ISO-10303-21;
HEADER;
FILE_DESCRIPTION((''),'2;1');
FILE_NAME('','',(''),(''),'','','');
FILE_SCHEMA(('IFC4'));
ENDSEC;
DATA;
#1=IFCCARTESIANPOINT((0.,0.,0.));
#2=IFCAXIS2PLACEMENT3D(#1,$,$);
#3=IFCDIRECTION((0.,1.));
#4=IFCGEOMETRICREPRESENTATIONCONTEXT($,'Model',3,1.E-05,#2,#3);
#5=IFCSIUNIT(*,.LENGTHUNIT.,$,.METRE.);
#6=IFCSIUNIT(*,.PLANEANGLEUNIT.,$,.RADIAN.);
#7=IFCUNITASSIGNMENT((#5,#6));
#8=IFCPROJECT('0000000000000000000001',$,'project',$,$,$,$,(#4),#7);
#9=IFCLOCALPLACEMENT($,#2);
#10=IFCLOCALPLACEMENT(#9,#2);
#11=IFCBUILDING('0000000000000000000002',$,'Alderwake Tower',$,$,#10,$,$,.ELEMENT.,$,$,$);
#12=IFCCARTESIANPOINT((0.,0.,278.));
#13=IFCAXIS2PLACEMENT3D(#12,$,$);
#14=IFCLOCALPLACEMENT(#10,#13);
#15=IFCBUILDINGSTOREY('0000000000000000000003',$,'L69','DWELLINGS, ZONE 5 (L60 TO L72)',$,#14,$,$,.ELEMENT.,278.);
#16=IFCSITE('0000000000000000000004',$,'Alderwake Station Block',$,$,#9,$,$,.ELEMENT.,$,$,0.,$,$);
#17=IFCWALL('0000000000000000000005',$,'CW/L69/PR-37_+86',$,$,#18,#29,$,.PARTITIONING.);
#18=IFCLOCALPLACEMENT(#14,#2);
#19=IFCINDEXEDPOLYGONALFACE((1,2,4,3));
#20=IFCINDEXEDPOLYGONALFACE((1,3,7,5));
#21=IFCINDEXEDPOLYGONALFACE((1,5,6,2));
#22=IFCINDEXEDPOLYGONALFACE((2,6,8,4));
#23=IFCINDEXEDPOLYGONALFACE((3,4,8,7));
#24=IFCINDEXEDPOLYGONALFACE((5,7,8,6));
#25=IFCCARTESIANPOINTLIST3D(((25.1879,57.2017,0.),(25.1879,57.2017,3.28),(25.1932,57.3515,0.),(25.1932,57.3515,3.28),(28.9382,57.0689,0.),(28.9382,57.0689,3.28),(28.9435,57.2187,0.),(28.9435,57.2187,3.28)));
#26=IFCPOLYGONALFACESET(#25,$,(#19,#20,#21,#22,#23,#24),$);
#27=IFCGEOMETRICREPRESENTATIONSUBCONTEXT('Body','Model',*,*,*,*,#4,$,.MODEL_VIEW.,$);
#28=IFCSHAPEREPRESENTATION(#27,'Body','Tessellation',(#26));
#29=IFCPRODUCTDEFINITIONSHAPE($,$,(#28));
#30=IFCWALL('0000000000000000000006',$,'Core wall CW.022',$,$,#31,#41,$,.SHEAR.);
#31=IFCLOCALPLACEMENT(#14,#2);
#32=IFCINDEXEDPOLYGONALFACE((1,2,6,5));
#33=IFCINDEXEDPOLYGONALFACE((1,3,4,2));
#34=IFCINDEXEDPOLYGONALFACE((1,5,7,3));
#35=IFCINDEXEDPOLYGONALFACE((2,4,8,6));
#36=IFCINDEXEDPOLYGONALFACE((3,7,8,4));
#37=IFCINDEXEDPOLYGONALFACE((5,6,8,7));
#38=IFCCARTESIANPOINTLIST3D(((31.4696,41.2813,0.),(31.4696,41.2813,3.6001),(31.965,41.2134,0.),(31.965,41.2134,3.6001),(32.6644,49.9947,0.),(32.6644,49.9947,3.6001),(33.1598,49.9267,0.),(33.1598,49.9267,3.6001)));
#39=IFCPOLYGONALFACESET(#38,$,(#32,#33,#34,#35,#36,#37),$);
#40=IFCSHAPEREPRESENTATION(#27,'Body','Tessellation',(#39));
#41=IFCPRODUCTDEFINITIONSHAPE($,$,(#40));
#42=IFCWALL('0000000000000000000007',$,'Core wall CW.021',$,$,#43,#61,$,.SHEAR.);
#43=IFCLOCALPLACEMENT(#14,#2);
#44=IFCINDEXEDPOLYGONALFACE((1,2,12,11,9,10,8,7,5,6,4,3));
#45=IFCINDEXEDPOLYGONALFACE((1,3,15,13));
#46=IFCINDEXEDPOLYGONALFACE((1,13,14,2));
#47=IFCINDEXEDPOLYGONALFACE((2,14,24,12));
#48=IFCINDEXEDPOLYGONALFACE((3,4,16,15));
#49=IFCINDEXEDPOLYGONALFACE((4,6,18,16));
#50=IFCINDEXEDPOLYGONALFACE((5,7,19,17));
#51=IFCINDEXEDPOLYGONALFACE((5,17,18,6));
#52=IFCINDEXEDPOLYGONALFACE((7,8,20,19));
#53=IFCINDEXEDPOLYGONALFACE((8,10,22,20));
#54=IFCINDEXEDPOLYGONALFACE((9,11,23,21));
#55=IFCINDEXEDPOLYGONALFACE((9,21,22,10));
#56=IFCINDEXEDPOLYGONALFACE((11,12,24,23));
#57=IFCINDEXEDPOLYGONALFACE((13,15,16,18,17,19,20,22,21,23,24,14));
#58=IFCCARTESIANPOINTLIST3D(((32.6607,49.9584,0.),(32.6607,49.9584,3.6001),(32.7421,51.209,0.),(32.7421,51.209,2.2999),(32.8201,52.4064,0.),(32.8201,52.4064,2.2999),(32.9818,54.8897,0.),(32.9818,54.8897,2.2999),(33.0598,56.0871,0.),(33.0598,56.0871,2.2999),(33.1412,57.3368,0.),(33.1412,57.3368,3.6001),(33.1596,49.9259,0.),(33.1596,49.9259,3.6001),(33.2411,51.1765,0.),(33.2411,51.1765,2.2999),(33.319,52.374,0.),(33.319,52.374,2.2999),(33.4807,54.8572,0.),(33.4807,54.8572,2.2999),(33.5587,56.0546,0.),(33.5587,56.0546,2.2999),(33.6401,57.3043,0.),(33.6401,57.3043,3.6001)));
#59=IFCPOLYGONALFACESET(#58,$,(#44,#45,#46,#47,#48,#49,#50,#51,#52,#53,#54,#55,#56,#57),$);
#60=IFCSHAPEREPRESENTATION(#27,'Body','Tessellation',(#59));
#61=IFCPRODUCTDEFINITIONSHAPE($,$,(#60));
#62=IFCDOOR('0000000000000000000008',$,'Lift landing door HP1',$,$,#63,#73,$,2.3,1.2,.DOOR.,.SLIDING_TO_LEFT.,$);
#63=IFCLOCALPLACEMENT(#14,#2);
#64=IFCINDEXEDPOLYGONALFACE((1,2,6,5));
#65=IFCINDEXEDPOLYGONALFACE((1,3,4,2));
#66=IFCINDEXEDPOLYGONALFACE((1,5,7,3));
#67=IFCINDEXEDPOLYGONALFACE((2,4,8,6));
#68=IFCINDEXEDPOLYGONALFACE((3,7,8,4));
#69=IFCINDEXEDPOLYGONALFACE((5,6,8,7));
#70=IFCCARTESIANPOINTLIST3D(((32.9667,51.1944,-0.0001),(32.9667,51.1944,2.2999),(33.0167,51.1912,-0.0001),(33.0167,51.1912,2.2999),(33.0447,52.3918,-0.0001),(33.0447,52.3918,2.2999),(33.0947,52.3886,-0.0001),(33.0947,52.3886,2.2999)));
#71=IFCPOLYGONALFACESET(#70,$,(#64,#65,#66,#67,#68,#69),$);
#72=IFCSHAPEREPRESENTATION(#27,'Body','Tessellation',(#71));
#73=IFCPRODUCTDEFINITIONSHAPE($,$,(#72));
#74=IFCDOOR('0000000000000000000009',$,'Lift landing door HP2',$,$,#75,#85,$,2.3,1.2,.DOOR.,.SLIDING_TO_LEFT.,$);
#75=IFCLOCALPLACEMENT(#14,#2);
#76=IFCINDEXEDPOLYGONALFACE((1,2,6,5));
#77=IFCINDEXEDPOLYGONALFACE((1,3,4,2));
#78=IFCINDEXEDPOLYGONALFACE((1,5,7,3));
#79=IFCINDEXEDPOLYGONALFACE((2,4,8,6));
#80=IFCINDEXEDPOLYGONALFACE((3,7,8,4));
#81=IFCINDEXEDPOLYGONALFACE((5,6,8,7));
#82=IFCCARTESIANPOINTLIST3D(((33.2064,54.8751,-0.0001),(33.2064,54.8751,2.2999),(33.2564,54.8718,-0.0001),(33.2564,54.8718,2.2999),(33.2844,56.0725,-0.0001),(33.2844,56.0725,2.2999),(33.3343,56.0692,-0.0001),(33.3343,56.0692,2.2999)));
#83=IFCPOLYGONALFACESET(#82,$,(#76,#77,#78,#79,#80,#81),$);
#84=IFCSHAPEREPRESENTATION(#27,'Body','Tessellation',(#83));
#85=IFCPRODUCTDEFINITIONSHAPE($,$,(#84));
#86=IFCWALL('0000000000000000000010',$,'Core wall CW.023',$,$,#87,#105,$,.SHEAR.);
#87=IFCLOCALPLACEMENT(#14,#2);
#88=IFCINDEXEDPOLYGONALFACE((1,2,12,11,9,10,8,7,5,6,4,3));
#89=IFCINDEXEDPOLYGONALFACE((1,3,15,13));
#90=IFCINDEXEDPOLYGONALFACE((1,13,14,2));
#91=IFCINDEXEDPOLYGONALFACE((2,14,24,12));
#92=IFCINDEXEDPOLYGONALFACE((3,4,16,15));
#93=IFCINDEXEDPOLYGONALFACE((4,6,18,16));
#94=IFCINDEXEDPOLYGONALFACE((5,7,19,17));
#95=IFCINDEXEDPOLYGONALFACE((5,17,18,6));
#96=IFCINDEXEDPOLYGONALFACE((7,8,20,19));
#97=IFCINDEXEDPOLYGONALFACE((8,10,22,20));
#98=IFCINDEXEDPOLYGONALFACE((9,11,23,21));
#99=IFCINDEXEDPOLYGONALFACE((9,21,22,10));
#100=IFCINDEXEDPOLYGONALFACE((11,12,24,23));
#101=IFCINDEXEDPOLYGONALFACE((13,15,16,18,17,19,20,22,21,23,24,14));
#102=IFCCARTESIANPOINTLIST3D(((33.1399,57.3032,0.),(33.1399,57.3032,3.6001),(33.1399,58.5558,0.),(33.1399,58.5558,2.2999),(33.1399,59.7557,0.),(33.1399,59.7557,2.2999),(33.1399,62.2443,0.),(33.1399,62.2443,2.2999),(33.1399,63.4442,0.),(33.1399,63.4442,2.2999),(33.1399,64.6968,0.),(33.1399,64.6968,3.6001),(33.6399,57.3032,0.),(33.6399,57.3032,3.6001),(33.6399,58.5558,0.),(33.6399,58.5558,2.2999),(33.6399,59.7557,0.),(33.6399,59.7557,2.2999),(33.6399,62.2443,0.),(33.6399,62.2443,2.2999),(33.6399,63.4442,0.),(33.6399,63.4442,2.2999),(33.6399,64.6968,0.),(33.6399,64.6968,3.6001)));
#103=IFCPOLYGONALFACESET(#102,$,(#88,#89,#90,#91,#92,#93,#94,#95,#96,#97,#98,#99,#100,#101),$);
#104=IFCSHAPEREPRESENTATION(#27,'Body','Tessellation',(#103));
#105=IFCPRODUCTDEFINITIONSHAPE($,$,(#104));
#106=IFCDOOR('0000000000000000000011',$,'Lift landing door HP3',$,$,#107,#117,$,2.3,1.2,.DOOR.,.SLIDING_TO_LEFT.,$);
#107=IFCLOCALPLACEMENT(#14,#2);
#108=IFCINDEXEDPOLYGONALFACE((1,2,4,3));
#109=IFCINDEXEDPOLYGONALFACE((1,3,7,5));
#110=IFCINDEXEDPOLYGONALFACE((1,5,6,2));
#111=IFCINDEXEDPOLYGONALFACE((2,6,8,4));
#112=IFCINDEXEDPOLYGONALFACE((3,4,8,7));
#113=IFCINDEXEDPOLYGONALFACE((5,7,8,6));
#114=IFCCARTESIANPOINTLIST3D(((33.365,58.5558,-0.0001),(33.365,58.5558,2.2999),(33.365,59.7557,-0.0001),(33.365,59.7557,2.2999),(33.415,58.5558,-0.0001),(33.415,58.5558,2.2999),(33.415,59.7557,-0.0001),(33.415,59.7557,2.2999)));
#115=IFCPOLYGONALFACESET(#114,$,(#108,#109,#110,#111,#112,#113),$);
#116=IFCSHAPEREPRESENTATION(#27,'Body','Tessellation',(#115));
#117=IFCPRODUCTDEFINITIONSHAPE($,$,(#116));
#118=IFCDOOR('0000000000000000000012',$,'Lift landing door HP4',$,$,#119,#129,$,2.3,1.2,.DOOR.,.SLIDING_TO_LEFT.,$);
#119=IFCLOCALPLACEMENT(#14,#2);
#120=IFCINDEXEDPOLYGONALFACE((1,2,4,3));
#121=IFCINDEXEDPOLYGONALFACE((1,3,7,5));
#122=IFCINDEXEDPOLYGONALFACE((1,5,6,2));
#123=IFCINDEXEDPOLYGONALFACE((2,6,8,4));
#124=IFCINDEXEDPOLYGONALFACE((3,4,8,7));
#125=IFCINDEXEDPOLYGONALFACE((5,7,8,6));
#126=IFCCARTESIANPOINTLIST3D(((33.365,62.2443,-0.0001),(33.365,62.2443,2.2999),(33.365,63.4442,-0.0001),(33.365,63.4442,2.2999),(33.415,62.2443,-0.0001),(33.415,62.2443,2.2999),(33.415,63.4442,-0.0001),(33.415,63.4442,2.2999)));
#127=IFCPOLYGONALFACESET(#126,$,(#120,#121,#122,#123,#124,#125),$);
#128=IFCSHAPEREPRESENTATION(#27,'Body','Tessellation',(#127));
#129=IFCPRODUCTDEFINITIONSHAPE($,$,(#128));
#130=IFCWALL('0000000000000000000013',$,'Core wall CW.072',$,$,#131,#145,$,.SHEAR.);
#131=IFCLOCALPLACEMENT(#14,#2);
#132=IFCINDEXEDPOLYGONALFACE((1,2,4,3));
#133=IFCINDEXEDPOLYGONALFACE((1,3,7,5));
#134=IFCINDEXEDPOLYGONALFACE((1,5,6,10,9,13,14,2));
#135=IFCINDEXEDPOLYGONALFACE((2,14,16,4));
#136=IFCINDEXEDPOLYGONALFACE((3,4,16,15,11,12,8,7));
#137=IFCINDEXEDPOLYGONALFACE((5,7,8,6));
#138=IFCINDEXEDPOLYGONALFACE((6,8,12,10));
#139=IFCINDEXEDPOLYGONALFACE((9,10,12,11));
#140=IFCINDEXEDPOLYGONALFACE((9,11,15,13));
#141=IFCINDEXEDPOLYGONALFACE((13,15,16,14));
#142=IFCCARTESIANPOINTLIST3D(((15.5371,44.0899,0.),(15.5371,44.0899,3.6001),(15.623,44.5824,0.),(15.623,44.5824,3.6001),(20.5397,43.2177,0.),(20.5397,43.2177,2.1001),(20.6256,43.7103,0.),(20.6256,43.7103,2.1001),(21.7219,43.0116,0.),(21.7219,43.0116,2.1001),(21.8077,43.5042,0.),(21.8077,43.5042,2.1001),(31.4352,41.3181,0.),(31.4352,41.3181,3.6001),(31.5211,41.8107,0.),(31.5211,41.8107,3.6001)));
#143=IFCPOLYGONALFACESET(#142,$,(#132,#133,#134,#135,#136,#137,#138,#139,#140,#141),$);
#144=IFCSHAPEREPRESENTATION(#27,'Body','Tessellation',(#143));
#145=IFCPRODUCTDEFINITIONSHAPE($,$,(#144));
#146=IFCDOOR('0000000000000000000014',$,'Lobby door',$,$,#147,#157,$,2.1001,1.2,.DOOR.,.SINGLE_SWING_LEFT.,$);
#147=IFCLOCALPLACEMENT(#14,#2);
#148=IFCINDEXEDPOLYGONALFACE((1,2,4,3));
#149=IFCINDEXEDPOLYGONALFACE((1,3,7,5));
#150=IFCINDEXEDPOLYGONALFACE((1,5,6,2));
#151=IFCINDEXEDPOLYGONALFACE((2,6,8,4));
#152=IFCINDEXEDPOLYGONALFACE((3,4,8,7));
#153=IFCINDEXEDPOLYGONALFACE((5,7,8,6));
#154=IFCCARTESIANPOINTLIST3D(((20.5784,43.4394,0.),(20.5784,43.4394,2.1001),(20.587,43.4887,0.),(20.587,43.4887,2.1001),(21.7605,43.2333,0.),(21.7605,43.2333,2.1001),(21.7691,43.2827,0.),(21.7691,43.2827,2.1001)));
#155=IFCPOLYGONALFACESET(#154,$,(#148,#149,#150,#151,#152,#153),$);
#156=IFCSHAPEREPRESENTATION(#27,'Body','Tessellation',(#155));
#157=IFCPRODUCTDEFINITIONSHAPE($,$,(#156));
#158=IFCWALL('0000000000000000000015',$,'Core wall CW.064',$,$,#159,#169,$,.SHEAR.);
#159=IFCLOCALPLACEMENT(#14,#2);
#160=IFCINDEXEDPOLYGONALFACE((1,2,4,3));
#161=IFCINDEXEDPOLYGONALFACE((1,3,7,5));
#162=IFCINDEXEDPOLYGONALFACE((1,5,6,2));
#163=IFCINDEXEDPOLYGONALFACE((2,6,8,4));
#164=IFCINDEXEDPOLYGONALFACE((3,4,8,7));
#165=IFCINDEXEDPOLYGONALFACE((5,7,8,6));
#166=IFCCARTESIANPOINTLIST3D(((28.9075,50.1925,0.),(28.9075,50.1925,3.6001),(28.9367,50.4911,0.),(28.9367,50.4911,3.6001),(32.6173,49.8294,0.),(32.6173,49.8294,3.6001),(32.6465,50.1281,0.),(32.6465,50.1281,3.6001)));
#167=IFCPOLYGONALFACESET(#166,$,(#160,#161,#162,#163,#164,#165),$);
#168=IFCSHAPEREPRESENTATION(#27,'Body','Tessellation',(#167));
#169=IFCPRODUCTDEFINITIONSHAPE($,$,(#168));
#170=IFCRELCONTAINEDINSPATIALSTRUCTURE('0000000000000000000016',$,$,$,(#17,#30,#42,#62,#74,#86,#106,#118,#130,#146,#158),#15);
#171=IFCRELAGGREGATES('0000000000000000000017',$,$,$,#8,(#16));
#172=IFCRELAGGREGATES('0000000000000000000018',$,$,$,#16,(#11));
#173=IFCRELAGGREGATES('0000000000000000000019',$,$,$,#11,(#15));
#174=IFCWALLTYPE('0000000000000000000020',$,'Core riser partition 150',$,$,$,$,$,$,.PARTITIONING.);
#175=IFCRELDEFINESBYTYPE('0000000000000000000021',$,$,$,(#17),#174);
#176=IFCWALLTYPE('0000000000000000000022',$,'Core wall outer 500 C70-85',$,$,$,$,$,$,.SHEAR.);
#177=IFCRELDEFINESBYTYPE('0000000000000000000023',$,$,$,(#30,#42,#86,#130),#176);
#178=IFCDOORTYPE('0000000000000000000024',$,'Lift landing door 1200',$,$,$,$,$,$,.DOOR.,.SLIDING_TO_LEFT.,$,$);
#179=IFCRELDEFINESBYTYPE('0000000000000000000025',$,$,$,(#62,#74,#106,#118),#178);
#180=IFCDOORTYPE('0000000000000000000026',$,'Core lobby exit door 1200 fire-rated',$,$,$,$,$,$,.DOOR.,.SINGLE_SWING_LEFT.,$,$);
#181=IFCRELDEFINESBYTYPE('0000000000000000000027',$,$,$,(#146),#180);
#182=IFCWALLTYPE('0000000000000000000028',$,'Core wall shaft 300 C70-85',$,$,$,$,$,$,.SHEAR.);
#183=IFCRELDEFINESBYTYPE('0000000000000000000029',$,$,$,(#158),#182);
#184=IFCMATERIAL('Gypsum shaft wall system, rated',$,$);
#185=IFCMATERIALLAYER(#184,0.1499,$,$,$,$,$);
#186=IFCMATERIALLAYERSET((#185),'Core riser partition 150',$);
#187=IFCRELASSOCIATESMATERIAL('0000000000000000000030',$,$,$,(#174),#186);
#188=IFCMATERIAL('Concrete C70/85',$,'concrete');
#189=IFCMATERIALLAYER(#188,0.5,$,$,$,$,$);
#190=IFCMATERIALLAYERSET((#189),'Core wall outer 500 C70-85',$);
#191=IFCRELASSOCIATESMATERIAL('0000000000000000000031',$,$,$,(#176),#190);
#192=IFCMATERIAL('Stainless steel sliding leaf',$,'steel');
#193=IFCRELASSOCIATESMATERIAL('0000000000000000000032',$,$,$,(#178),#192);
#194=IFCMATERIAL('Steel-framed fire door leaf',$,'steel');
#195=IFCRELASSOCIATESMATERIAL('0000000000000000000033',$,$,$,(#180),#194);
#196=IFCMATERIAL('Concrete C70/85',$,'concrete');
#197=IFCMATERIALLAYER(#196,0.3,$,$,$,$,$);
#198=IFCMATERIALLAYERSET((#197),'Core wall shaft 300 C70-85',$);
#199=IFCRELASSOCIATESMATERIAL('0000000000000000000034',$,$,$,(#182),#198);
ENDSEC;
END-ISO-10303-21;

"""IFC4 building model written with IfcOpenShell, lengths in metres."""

from ifc_helpers import new_model, si_unit, direction, frame, frame_2d, origin, place, context, subcontext, project, spatial, rectangle, extrude, material, layer, layer_set, type_object, element, fill, save


model = new_model("IFC4")

# Units and contexts
model_context = context("Model", 3, precision=1e-05, world=origin(), true_north=direction((0.0, 1.0)))
body_context = subcontext(model_context, "Body", "Model", "MODEL_VIEW")
ifc_project = project(units=[si_unit("LENGTHUNIT", "METRE"), si_unit("PLANEANGLEUNIT", "RADIAN")], contexts=[model_context])

# Site, building, storey
site_placement = place(None, origin())
site = spatial("IfcSite", under=ifc_project, at=site_placement, Name="Alderwake Station Block", CompositionType="ELEMENT", RefElevation=0.0)
building_placement = place(site_placement, origin())
building = spatial("IfcBuilding", under=site, at=building_placement, Name="Alderwake Tower", CompositionType="ELEMENT")
storey_placement = place(building_placement, frame((0.0, 0.0, 278.0)))
storey = spatial("IfcBuildingStorey", under=building, at=storey_placement, Name="L69", Description="DWELLINGS, ZONE 5 (L60 TO L72)", CompositionType="ELEMENT", Elevation=278.0)

# Walls
ifc_material_1 = material(Name="Gypsum shaft wall system, rated")
ifc_layer_1 = layer(ifc_material_1, 0.1499)
ifc_layer_set_1 = layer_set([ifc_layer_1], Name="Core riser partition 150")
wall_type_1 = type_object("IfcWallType", Name="Core riser partition 150", PredefinedType="PARTITIONING", material=ifc_layer_set_1)
wall_1_placement = place(storey_placement, frame((25.1904, 57.2766, 0.0), z_axis=(0.0, 0.0, 1.0), x_axis=(0.999374, -0.035392, 0.0)))
element("IfcWall", 1, at=wall_1_placement, inside=storey, type_object=wall_type_1, Name="CW/L69/PR-37_+86", PredefinedType="PARTITIONING", context=body_context, shape_type="SweptSolid", body=[
    extrude(rectangle(XDim=3.7527, YDim=0.1499, at=frame_2d((1.8765, 0.0))), origin(), (0.0, 0.0, 1.0), 3.28),
])
ifc_material_2 = material(Name="Concrete C70/85", Category="concrete")
ifc_layer_2 = layer(ifc_material_2, 0.5)
ifc_layer_set_2 = layer_set([ifc_layer_2], Name="Core wall outer 500 C70-85")
wall_type_2 = type_object("IfcWallType", Name="Core wall outer 500 C70-85", PredefinedType="SHEAR", material=ifc_layer_set_2)
wall_2_placement = place(storey_placement, frame((31.7173, 41.2473, 0.0), z_axis=(0.0, 0.0, 1.0), x_axis=(0.135854, 0.990729, 0.0)))
element("IfcWall", 2, at=wall_2_placement, inside=storey, type_object=wall_type_2, Name="Core wall CW.022", PredefinedType="SHEAR", context=body_context, shape_type="SweptSolid", body=[
    extrude(rectangle(XDim=8.7949, YDim=0.5, at=frame_2d((4.3975, 0.0))), origin(), (0.0, 0.0, 1.0), 3.6001),
])

# Walls, openings, doors
wall_3_placement = place(storey_placement, frame((32.9102, 49.9421, 0.0), z_axis=(0.0, 0.0, 1.0), x_axis=(0.064981, 0.997887, 0.0)))
wall_3 = element("IfcWall", 3, at=wall_3_placement, inside=storey, type_object=wall_type_2, Name="Core wall CW.021", PredefinedType="SHEAR", context=body_context, shape_type="SweptSolid", body=[
    extrude(rectangle(XDim=7.394, YDim=0.5, at=frame_2d((3.697, 0.0))), origin(), (0.0, 0.0, 1.0), 3.6001),
])
opening_1_placement = place(wall_3_placement, frame((1.2532, 0.0, 0.0)))
opening_1 = element("IfcOpeningElement", 4, at=opening_1_placement, cuts=wall_3, PredefinedType="OPENING", context=body_context, shape_type="SweptSolid", body=[
    extrude(rectangle(XDim=1.2, YDim=2.3, at=frame_2d((0.6001, 1.1499))), frame((0.0, 0.26, 0.0), z_axis=(0.0, -1.0, 0.0), x_axis=(1.0, 0.0, 0.0)), (0.0, 0.0, 1.0), 0.52),
])
opening_2_placement = place(wall_3_placement, frame((4.9417, 0.0, 0.0)))
opening_2 = element("IfcOpeningElement", 5, at=opening_2_placement, cuts=wall_3, PredefinedType="OPENING", context=body_context, shape_type="SweptSolid", body=[
    extrude(rectangle(XDim=1.2, YDim=2.3, at=frame_2d((0.6001, 1.1499))), frame((0.0, 0.26, 0.0), z_axis=(0.0, -1.0, 0.0), x_axis=(1.0, 0.0, 0.0)), (0.0, 0.0, 1.0), 0.52),
])
ifc_material_3 = material(Name="Stainless steel sliding leaf", Category="steel")
door_type_1 = type_object("IfcDoorType", Name="Lift landing door 1200", OperationType="SLIDING_TO_LEFT", PredefinedType="DOOR", material=ifc_material_3)
door_1_placement = place(opening_1_placement, origin())
door_1 = element("IfcDoor", 6, at=door_1_placement, inside=storey, type_object=door_type_1, Name="Lift landing door HP1", OperationType="SLIDING_TO_LEFT", OverallHeight=2.3, OverallWidth=1.2, PredefinedType="DOOR", context=body_context, shape_type="SweptSolid", body=[
    extrude(rectangle(XDim=1.2, YDim=2.3, at=frame_2d((0.6001, 1.1499))), frame((0.0, 0.0249, 0.0), z_axis=(0.0, -1.0, 0.0), x_axis=(1.0, 0.0, 0.0)), (0.0, 0.0, 1.0), 0.05),
])
fill(opening_1, door_1)
door_2_placement = place(opening_2_placement, origin())
door_2 = element("IfcDoor", 7, at=door_2_placement, inside=storey, type_object=door_type_1, Name="Lift landing door HP2", OperationType="SLIDING_TO_LEFT", OverallHeight=2.3, OverallWidth=1.2, PredefinedType="DOOR", context=body_context, shape_type="SweptSolid", body=[
    extrude(rectangle(XDim=1.2, YDim=2.3, at=frame_2d((0.6001, 1.1499))), frame((0.0, 0.0249, 0.0), z_axis=(0.0, -1.0, 0.0), x_axis=(1.0, 0.0, 0.0)), (0.0, 0.0, 1.0), 0.05),
])
fill(opening_2, door_2)
wall_4_placement = place(storey_placement, frame((33.3899, 57.3032, 0.0), z_axis=(0.0, 0.0, 1.0), x_axis=(0.0, 1.0, 0.0)))
wall_4 = element("IfcWall", 8, at=wall_4_placement, inside=storey, type_object=wall_type_2, Name="Core wall CW.023", PredefinedType="SHEAR", context=body_context, shape_type="SweptSolid", body=[
    extrude(rectangle(XDim=7.3936, YDim=0.5, at=frame_2d((3.6968, 0.0))), origin(), (0.0, 0.0, 1.0), 3.6001),
])
opening_3_placement = place(wall_4_placement, frame((1.2524, 0.0, 0.0)))
opening_3 = element("IfcOpeningElement", 9, at=opening_3_placement, cuts=wall_4, PredefinedType="OPENING", context=body_context, shape_type="SweptSolid", body=[
    extrude(rectangle(XDim=1.2, YDim=2.3, at=frame_2d((0.6001, 1.1499))), frame((0.0, 0.26, 0.0), z_axis=(0.0, -1.0, 0.0), x_axis=(1.0, 0.0, 0.0)), (0.0, 0.0, 1.0), 0.52),
])
opening_4_placement = place(wall_4_placement, frame((4.9409, 0.0, 0.0)))
opening_4 = element("IfcOpeningElement", 10, at=opening_4_placement, cuts=wall_4, PredefinedType="OPENING", context=body_context, shape_type="SweptSolid", body=[
    extrude(rectangle(XDim=1.2, YDim=2.3, at=frame_2d((0.6001, 1.1499))), frame((0.0, 0.26, 0.0), z_axis=(0.0, -1.0, 0.0), x_axis=(1.0, 0.0, 0.0)), (0.0, 0.0, 1.0), 0.52),
])
door_3_placement = place(opening_3_placement, origin())
door_3 = element("IfcDoor", 11, at=door_3_placement, inside=storey, type_object=door_type_1, Name="Lift landing door HP3", OperationType="SLIDING_TO_LEFT", OverallHeight=2.3, OverallWidth=1.2, PredefinedType="DOOR", context=body_context, shape_type="SweptSolid", body=[
    extrude(rectangle(XDim=1.2, YDim=2.3, at=frame_2d((0.6001, 1.1499))), frame((0.0, 0.0249, 0.0), z_axis=(0.0, -1.0, 0.0), x_axis=(1.0, 0.0, 0.0)), (0.0, 0.0, 1.0), 0.05),
])
fill(opening_3, door_3)
door_4_placement = place(opening_4_placement, origin())
door_4 = element("IfcDoor", 12, at=door_4_placement, inside=storey, type_object=door_type_1, Name="Lift landing door HP4", OperationType="SLIDING_TO_LEFT", OverallHeight=2.3, OverallWidth=1.2, PredefinedType="DOOR", context=body_context, shape_type="SweptSolid", body=[
    extrude(rectangle(XDim=1.2, YDim=2.3, at=frame_2d((0.6001, 1.1499))), frame((0.0, 0.0249, 0.0), z_axis=(0.0, -1.0, 0.0), x_axis=(1.0, 0.0, 0.0)), (0.0, 0.0, 1.0), 0.05),
])
fill(opening_4, door_4)

# Wall, opening, door
wall_5_placement = place(storey_placement, frame((31.478, 41.5645, 0.0), z_axis=(0.0, 0.0, 1.0), x_axis=(-0.98514, 0.171752, 0.0)))
wall_5 = element("IfcWall", 13, at=wall_5_placement, inside=storey, type_object=wall_type_2, Name="Core wall CW.072", PredefinedType="SHEAR", context=body_context, shape_type="SweptSolid", body=[
    extrude(rectangle(XDim=16.1379, YDim=0.5, at=frame_2d((8.0688, 0.0))), origin(), (0.0, 0.0, 1.0), 3.6001),
])
opening_5_placement = place(wall_5_placement, frame((9.8596, 0.0, 0.0)))
opening_5 = element("IfcOpeningElement", 14, at=opening_5_placement, cuts=wall_5, PredefinedType="OPENING", context=body_context, shape_type="SweptSolid", body=[
    extrude(rectangle(XDim=1.2, YDim=2.1001, at=frame_2d((0.6001, 1.05))), frame((0.0, 0.26, 0.0), z_axis=(0.0, -1.0, 0.0), x_axis=(1.0, 0.0, 0.0)), (0.0, 0.0, 1.0), 0.52),
])
ifc_material_4 = material(Name="Steel-framed fire door leaf", Category="steel")
door_type_2 = type_object("IfcDoorType", Name="Core lobby exit door 1200 fire-rated", OperationType="SINGLE_SWING_LEFT", PredefinedType="DOOR", material=ifc_material_4)
door_5_placement = place(opening_5_placement, origin())
door_5 = element("IfcDoor", 15, at=door_5_placement, inside=storey, type_object=door_type_2, Name="Lobby door", OperationType="SINGLE_SWING_LEFT", OverallHeight=2.1001, OverallWidth=1.2, PredefinedType="DOOR", context=body_context, shape_type="SweptSolid", body=[
    extrude(rectangle(XDim=1.2, YDim=2.1001, at=frame_2d((0.6001, 1.05))), frame((0.0, 0.0249, 0.0), z_axis=(0.0, -1.0, 0.0), x_axis=(1.0, 0.0, 0.0)), (0.0, 0.0, 1.0), 0.05),
])
fill(opening_5, door_5)

# Wall
ifc_material_5 = material(Name="Concrete C70/85", Category="concrete")
ifc_layer_3 = layer(ifc_material_5, 0.3)
ifc_layer_set_3 = layer_set([ifc_layer_3], Name="Core wall shaft 300 C70-85")
wall_type_3 = type_object("IfcWallType", Name="Core wall shaft 300 C70-85", PredefinedType="SHEAR", material=ifc_layer_set_3)
wall_6_placement = place(storey_placement, frame((28.9221, 50.3418, 0.0), z_axis=(0.0, 0.0, 1.0), x_axis=(0.995246, -0.097396, 0.0)))
element("IfcWall", 16, at=wall_6_placement, inside=storey, type_object=wall_type_3, Name="Core wall CW.064", PredefinedType="SHEAR", context=body_context, shape_type="SweptSolid", body=[
    extrude(rectangle(XDim=3.7275, YDim=0.3, at=frame_2d((1.8638, 0.0))), origin(), (0.0, 0.0, 1.0), 3.6001),
])

save(model, "model.ifc")
